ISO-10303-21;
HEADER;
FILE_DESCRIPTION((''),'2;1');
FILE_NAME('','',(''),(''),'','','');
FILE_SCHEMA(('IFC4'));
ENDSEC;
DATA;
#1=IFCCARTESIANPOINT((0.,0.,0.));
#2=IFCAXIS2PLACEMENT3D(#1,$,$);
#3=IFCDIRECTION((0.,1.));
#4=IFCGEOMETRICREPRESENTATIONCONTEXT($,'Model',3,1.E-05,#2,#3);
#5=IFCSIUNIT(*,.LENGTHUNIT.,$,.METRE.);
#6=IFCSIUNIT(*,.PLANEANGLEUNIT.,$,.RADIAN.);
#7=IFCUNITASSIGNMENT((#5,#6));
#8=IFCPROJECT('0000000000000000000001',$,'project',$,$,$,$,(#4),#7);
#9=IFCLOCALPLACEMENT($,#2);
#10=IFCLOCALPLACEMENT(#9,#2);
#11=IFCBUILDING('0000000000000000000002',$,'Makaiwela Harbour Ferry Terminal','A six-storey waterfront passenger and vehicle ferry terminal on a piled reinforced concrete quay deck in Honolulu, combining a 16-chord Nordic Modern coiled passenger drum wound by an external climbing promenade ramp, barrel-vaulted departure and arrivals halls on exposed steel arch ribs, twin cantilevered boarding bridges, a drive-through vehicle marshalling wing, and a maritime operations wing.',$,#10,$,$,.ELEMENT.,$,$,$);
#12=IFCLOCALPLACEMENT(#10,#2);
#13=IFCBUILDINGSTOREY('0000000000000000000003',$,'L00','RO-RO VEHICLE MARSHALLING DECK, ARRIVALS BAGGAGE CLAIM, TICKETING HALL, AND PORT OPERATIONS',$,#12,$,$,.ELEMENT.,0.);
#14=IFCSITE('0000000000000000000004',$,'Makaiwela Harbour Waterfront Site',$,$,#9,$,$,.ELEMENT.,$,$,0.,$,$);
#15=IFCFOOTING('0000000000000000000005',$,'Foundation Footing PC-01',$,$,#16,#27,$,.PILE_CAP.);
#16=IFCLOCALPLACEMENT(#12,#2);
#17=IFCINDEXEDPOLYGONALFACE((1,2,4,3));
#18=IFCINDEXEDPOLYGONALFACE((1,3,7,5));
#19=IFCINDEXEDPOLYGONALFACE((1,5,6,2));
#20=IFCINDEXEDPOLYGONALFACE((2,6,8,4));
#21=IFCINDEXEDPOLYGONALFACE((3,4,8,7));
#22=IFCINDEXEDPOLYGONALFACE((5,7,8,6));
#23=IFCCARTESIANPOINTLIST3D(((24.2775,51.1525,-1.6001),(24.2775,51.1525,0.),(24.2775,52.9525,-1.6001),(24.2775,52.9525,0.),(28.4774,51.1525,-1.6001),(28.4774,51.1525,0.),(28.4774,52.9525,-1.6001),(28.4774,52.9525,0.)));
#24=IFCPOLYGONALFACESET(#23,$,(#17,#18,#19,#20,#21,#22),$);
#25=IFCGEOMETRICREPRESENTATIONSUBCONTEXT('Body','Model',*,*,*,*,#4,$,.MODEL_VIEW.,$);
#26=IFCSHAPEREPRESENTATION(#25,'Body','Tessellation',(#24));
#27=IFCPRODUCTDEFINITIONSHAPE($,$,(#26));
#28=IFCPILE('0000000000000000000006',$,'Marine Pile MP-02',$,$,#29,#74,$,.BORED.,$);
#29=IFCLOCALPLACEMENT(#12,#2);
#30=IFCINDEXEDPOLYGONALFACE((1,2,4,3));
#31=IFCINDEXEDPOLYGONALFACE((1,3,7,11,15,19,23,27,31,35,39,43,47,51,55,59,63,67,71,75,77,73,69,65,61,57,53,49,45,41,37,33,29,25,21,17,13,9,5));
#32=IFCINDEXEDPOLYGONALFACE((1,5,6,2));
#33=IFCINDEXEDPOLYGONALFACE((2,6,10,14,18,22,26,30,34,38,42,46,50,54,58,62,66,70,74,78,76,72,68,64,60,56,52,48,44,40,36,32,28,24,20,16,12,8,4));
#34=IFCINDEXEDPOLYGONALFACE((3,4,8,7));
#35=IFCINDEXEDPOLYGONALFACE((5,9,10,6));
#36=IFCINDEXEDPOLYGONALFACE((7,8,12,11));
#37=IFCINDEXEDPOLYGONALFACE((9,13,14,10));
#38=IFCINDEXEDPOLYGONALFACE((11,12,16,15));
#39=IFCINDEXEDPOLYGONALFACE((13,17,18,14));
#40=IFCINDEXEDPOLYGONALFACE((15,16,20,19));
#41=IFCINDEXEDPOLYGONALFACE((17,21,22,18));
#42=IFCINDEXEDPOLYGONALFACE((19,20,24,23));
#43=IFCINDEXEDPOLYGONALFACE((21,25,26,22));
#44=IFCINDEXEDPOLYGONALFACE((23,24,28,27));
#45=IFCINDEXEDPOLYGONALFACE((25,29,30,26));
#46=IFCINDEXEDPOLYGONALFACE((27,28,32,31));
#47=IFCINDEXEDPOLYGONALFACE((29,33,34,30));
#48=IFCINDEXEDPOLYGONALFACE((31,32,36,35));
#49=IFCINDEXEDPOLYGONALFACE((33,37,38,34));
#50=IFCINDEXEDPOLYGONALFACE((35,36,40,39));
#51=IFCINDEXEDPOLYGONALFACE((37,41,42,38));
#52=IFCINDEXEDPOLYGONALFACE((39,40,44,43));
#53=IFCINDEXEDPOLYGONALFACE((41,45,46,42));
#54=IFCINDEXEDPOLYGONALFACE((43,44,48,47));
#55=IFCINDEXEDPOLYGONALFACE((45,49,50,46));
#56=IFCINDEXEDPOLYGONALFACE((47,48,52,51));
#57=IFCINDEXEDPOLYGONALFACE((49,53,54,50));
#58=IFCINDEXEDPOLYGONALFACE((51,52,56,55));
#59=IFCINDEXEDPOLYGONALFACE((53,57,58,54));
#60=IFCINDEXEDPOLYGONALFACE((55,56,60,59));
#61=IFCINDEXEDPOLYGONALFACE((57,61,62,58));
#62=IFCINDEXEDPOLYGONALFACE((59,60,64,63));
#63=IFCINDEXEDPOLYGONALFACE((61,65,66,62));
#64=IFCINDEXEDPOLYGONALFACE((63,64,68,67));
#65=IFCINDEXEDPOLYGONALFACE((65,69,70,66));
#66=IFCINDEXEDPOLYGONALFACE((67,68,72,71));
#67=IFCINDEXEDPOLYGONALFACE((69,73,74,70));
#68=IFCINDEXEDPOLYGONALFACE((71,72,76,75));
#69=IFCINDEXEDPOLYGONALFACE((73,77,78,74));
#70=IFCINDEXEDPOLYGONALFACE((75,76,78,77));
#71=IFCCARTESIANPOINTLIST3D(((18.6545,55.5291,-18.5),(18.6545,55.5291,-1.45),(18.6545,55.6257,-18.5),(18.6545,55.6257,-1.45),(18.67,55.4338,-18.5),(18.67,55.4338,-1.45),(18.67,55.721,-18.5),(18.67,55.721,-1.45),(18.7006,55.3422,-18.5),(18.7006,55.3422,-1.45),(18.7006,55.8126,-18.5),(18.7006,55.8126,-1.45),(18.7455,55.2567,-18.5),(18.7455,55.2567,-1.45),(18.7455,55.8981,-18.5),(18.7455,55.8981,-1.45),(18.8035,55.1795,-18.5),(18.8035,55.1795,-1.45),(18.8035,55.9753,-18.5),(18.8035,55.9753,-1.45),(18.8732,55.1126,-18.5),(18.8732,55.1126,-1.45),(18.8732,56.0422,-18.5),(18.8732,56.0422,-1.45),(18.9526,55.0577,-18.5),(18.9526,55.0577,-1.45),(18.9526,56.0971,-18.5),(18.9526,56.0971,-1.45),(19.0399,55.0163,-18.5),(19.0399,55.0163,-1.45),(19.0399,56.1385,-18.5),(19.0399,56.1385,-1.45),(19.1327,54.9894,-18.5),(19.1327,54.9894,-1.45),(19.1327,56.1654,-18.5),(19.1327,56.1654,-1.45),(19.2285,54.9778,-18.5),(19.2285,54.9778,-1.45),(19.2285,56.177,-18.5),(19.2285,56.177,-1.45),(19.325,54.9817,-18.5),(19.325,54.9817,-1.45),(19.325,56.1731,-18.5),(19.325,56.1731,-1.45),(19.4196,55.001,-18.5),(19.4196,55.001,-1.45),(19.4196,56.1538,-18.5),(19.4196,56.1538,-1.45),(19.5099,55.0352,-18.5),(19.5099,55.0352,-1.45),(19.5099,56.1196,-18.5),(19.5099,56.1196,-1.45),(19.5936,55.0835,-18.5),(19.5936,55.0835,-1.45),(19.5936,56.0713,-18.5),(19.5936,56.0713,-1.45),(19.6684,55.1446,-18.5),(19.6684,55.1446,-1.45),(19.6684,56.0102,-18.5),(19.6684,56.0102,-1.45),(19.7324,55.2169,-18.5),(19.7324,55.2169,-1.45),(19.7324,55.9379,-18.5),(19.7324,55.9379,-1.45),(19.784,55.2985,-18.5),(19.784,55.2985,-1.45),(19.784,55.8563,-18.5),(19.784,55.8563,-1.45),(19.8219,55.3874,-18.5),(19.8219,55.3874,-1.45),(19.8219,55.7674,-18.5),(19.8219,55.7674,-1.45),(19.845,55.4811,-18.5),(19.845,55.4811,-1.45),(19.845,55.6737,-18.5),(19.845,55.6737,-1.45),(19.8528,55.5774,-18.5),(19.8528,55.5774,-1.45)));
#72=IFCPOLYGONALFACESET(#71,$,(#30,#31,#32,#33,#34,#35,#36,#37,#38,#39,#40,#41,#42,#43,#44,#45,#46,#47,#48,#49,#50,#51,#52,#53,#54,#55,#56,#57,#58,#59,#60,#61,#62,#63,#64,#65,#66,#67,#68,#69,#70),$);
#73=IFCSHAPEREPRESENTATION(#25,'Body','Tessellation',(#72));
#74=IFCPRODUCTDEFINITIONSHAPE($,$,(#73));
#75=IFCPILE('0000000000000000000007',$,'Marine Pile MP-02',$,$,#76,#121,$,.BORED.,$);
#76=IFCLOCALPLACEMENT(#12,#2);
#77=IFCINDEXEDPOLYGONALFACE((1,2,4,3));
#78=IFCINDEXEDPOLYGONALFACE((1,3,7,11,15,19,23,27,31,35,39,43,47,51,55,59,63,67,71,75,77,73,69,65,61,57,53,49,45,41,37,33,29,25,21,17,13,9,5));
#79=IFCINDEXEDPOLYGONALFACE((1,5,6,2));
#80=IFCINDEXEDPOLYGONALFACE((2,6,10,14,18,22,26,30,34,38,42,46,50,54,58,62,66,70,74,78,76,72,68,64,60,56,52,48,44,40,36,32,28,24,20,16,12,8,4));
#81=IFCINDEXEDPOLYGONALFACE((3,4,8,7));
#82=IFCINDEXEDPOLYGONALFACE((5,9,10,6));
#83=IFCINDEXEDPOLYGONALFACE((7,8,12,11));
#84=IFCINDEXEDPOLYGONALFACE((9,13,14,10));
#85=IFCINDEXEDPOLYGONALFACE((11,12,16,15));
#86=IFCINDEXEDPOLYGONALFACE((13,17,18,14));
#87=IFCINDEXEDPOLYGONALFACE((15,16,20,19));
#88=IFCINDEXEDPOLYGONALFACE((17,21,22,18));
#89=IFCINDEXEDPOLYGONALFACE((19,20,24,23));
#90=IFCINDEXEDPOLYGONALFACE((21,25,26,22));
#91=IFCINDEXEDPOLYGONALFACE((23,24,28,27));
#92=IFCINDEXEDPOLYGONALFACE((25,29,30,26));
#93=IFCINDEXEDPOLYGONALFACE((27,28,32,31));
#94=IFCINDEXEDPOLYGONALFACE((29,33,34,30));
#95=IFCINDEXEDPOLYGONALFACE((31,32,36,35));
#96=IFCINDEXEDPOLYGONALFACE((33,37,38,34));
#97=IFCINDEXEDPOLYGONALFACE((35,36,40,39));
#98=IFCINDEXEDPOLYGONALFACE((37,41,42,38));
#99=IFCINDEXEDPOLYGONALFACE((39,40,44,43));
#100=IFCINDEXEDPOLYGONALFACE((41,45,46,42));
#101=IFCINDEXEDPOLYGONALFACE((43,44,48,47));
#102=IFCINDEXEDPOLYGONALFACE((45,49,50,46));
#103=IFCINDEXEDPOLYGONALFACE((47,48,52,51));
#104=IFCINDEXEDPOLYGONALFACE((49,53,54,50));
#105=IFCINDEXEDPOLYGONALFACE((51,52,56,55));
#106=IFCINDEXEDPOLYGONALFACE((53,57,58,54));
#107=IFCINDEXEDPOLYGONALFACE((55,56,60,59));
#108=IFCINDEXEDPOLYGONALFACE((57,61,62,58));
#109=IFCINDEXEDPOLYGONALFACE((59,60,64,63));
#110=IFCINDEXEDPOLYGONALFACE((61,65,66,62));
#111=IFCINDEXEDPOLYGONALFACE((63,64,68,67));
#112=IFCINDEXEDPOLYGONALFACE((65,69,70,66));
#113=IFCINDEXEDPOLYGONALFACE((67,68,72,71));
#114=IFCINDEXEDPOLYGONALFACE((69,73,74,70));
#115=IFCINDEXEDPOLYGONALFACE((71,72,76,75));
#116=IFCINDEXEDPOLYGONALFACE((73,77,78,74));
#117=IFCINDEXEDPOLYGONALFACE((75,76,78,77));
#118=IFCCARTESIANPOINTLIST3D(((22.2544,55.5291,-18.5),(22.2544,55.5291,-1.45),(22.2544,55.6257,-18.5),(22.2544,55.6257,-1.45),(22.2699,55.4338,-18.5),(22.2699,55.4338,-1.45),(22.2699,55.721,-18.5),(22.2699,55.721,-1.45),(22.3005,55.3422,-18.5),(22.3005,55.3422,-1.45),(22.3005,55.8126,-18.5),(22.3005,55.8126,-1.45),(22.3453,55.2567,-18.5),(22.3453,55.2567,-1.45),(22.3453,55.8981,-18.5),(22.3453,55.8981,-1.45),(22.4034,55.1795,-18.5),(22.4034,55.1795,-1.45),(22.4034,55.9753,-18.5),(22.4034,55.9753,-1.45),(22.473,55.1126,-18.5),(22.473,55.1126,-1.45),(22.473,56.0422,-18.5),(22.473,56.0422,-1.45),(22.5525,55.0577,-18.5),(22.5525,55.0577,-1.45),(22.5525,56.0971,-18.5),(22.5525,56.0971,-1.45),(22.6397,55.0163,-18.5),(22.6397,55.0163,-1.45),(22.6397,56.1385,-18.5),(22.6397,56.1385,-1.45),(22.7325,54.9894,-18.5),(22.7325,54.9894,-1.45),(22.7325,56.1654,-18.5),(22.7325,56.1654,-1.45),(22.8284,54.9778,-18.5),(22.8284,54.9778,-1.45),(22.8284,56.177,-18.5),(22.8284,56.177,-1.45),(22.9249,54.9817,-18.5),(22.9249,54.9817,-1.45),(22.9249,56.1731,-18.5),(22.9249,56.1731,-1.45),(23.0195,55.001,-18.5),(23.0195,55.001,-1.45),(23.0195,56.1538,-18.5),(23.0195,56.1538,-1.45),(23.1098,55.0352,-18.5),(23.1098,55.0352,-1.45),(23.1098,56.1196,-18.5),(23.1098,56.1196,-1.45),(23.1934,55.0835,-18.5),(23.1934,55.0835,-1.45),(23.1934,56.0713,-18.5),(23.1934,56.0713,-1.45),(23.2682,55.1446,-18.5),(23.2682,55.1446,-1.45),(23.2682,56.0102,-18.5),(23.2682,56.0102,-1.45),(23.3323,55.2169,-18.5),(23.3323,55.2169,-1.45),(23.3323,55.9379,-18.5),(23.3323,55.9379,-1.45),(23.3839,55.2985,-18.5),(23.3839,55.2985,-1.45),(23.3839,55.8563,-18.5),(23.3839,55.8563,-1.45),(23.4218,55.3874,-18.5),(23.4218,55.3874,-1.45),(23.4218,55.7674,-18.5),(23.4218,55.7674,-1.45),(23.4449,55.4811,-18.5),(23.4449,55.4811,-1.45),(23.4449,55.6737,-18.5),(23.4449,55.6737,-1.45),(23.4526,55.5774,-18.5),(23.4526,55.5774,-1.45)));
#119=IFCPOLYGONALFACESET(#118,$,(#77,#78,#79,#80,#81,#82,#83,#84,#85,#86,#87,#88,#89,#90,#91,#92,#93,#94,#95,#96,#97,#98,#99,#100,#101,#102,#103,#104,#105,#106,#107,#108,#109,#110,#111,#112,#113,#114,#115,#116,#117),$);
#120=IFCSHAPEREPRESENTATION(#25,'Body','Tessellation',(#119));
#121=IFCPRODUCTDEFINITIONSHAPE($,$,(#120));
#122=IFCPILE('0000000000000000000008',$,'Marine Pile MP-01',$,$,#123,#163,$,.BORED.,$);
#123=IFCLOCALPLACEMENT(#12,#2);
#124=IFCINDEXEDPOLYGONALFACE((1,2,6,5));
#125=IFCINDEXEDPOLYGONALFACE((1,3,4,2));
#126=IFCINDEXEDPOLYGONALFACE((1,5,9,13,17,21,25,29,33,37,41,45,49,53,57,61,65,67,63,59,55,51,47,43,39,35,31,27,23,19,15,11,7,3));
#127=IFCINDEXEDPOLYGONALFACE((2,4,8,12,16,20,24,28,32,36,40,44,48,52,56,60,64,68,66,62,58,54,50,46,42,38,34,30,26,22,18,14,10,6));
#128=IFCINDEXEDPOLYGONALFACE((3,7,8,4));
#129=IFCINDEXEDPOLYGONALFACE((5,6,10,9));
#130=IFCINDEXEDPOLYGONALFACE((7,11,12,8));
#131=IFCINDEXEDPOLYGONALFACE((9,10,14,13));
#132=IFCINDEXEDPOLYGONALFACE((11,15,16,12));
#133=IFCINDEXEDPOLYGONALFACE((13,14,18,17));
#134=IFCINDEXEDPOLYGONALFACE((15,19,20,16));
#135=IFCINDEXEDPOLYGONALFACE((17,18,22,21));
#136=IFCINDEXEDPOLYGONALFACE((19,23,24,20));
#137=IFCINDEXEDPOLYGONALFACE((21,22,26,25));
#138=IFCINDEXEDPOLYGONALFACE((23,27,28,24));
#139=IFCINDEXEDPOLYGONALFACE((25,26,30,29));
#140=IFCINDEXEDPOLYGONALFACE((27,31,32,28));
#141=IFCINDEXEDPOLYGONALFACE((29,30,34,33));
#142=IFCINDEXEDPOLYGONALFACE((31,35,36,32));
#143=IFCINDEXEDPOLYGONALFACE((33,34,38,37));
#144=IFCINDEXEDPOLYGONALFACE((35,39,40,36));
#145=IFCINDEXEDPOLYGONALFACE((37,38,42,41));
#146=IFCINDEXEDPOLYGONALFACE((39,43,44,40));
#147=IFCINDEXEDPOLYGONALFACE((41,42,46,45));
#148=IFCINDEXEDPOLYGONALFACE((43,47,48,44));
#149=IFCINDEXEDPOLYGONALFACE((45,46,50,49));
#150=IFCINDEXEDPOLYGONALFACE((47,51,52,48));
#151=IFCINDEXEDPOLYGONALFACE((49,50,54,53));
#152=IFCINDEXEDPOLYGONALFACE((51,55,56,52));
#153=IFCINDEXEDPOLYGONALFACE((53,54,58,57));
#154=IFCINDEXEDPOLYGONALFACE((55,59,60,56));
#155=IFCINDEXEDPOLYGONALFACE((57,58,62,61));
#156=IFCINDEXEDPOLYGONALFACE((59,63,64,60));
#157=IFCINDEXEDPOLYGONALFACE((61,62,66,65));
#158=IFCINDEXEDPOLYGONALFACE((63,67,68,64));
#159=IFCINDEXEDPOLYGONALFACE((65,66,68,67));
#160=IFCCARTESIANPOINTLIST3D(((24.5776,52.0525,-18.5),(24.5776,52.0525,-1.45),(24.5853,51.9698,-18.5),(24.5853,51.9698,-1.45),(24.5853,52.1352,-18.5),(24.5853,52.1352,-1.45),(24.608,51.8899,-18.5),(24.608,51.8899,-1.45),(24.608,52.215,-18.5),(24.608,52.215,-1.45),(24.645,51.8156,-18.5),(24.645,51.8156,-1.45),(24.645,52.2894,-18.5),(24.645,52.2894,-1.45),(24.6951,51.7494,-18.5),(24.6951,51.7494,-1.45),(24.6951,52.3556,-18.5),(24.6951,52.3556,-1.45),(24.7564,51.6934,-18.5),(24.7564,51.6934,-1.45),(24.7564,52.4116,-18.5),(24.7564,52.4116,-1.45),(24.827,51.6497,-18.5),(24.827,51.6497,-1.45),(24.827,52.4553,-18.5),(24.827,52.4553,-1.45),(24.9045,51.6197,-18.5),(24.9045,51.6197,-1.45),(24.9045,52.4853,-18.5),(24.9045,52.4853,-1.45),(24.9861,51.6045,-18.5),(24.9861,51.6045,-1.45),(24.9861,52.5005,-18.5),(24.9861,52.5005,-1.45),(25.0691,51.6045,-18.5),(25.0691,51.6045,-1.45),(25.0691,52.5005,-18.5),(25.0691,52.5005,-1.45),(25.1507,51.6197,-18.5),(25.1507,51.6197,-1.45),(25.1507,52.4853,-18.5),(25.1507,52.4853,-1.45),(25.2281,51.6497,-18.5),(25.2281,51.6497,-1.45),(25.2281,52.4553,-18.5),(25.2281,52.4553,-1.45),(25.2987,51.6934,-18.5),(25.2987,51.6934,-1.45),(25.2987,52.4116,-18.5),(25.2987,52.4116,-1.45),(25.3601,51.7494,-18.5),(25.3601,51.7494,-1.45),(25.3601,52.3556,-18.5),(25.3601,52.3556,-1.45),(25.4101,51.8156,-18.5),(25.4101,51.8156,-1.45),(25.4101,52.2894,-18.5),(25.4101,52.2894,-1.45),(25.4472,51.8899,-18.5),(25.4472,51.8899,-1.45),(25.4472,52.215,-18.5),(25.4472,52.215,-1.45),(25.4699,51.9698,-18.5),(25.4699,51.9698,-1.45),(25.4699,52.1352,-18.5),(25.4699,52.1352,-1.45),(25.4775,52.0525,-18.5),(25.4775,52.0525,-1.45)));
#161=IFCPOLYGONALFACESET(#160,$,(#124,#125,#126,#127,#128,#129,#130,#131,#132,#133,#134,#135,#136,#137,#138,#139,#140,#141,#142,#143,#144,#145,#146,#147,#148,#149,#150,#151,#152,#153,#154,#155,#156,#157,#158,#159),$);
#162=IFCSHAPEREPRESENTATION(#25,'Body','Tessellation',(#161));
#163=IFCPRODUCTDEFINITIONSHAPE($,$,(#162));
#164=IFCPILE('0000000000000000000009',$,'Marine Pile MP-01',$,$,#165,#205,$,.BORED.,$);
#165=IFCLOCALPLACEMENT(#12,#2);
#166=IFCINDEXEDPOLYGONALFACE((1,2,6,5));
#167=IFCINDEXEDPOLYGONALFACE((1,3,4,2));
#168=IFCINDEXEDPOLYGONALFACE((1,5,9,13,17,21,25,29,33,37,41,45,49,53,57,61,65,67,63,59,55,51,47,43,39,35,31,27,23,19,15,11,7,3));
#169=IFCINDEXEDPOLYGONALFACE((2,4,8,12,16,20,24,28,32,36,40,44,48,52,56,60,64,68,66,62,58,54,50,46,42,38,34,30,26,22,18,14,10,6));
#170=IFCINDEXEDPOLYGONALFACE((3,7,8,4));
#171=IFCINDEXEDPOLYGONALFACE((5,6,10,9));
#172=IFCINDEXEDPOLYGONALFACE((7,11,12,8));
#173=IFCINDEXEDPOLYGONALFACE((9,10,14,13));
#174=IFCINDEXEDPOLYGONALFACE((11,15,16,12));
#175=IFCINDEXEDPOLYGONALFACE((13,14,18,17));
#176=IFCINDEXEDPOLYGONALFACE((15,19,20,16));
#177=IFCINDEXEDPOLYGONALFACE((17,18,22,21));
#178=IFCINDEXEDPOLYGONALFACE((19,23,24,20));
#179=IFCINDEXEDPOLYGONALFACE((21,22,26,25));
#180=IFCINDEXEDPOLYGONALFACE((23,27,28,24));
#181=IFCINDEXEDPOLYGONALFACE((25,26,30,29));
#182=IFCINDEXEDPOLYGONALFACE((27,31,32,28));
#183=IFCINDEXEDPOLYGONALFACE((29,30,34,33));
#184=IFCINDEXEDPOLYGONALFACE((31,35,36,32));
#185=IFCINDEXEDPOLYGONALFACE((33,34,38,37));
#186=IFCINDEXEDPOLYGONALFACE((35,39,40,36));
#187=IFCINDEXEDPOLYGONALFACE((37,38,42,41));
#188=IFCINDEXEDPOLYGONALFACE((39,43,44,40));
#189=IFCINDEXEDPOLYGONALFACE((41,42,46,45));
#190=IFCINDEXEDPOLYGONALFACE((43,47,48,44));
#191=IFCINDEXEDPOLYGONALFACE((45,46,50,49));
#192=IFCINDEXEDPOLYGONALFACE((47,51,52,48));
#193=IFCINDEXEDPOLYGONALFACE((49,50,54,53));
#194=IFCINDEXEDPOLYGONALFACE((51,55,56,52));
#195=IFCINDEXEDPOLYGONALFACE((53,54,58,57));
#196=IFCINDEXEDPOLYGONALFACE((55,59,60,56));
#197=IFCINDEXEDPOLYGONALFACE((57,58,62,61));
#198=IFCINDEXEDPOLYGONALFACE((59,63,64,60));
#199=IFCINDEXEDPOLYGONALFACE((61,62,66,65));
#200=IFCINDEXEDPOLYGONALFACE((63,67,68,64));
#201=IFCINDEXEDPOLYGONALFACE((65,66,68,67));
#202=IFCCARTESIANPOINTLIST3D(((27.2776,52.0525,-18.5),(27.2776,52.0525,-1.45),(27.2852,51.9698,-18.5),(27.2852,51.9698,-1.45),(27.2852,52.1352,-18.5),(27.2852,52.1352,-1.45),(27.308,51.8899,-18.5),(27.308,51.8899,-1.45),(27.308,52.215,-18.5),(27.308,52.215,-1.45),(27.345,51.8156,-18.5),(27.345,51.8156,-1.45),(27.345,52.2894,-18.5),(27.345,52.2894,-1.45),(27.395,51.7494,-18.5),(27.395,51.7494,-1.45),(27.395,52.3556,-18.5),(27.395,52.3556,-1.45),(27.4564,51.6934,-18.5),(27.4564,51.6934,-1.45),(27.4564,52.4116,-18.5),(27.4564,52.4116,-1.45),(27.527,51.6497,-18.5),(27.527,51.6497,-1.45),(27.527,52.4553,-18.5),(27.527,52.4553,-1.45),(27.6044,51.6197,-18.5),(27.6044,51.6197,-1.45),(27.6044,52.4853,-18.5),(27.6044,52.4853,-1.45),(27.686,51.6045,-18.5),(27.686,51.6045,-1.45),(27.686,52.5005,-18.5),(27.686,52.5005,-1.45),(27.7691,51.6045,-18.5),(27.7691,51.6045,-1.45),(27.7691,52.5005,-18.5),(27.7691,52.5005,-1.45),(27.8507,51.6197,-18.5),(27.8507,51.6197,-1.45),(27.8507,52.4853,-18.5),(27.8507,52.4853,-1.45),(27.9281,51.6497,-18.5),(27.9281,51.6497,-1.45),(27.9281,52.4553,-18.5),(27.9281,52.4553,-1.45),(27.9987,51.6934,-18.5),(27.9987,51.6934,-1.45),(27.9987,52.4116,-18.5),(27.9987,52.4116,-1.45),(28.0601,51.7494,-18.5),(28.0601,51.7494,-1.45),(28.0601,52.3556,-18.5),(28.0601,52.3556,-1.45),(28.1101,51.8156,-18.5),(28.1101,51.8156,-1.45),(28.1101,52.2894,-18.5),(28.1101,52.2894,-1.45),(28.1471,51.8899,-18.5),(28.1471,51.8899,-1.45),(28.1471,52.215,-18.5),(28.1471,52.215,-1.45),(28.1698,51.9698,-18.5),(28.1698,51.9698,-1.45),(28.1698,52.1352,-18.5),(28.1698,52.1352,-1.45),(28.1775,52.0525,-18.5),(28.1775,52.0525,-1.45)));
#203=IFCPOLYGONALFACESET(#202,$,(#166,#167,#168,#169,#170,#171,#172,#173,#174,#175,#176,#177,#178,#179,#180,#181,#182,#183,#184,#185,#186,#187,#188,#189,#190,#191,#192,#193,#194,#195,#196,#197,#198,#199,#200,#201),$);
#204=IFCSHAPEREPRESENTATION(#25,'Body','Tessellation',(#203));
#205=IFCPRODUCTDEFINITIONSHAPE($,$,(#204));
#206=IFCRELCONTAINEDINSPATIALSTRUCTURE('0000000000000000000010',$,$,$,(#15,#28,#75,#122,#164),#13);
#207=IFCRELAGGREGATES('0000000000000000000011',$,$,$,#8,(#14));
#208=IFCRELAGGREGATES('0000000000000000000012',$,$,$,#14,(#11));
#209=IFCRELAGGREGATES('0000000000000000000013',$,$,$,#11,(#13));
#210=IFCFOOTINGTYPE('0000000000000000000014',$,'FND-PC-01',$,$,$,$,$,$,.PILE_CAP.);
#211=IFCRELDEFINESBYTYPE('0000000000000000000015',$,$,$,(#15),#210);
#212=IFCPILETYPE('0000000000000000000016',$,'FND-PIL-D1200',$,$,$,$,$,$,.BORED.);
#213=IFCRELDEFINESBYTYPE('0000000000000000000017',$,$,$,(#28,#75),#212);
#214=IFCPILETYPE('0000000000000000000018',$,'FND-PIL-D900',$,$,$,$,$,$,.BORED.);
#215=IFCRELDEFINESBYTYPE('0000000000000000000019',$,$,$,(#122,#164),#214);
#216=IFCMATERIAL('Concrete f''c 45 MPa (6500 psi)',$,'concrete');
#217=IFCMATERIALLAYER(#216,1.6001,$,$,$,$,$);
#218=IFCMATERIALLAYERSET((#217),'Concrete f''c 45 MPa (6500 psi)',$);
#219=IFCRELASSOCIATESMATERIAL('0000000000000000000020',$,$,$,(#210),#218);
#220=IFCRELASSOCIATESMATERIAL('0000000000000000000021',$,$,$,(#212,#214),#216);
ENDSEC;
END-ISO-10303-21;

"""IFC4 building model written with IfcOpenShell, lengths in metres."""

from ifc_helpers import new_model, si_unit, direction, frame, origin, origin_2d, place, context, subcontext, project, spatial, rectangle, circle, extrude, material, layer, layer_set, material_profile, profile_set, type_object, element, save


model = new_model("IFC4")

# Units and contexts
model_context = context("Model", 3, precision=1e-05, world=origin(), true_north=direction((0.0, 1.0)))
body_context = subcontext(model_context, "Body", "Model", "MODEL_VIEW")
ifc_project = project(units=[si_unit("LENGTHUNIT", "METRE"), si_unit("PLANEANGLEUNIT", "RADIAN")], contexts=[model_context])

# Site, building, storey
site_placement = place(None, origin())
site = spatial("IfcSite", under=ifc_project, at=site_placement, Name="Makaiwela Harbour Waterfront Site", CompositionType="ELEMENT", RefElevation=0.0)
building_placement = place(site_placement, origin())
building = spatial("IfcBuilding", under=site, at=building_placement, Name="Makaiwela Harbour Ferry Terminal", Description="A six-storey waterfront passenger and vehicle ferry terminal on a piled reinforced concrete quay deck in Honolulu, combining a 16-chord Nordic Modern coiled passenger drum wound by an external climbing promenade ramp, barrel-vaulted departure and arrivals halls on exposed steel arch ribs, twin cantilevered boarding bridges, a drive-through vehicle marshalling wing, and a maritime operations wing.", CompositionType="ELEMENT")
storey_placement = place(building_placement, origin())
storey = spatial("IfcBuildingStorey", under=building, at=storey_placement, Name="L00", Description="RO-RO VEHICLE MARSHALLING DECK, ARRIVALS BAGGAGE CLAIM, TICKETING HALL, AND PORT OPERATIONS", CompositionType="ELEMENT", Elevation=0.0)

# Footing
ifc_material_1 = material(Name="Concrete f'c 45 MPa (6500 psi)", Category="concrete")
ifc_layer_1 = layer(ifc_material_1, 1.6001)
ifc_layer_set_1 = layer_set([ifc_layer_1], Name="Concrete f'c 45 MPa (6500 psi)")
footing_type = type_object("IfcFootingType", Name="FND-PC-01", PredefinedType="PILE_CAP", material=ifc_layer_set_1)
footing_placement = place(storey_placement, frame((26.3774, 52.0525, -1.6001), z_axis=(0.0, 0.0, 1.0), x_axis=(1.0, 0.0, 0.0)))
element("IfcFooting", 1, at=footing_placement, inside=storey, type_object=footing_type, Name="Foundation Footing PC-01", PredefinedType="PILE_CAP", context=body_context, shape_type="SweptSolid", body=[
    extrude(rectangle(XDim=4.2, YDim=1.8, at=origin_2d()), origin(), (0.0, 0.0, 1.0), 1.6001),
])

# Piles
ifc_material_profile_1 = material_profile(ifc_material_1, circle(Radius=0.6001, at=origin_2d()), Name="PILE-D1200")
ifc_profile_set_1 = profile_set([ifc_material_profile_1], Name="Concrete f'c 45 MPa (6500 psi)")
pile_type_1 = type_object("IfcPileType", Name="FND-PIL-D1200", PredefinedType="BORED", material=ifc_profile_set_1)
for number, where, z_axis, x_axis, name in (
    (2, (19.2527, 55.5774, -1.45), (0.0, 0.0, -1.0), (1.0, 0.0, 0.0), "Marine Pile MP-02"),
    (3, (22.8525, 55.5774, -1.45), (0.0, 0.0, -1.0), (1.0, 0.0, 0.0), "Marine Pile MP-02"),
):
    element("IfcPile", number, at=place(storey_placement, frame(where, z_axis=z_axis, x_axis=x_axis)), inside=storey, type_object=pile_type_1, Name=name, PredefinedType="BORED", context=body_context, shape_type="SweptSolid", body=[
        extrude(circle(Radius=0.6001, at=origin_2d()), origin(), (0.0, 0.0, 1.0), 17.05),
    ])
ifc_material_profile_2 = material_profile(ifc_material_1, circle(Radius=0.45, at=origin_2d()), Name="PILE-D900")
ifc_profile_set_2 = profile_set([ifc_material_profile_2], Name="Concrete f'c 45 MPa (6500 psi)")
pile_type_2 = type_object("IfcPileType", Name="FND-PIL-D900", PredefinedType="BORED", material=ifc_profile_set_2)
for number, where, z_axis, x_axis, name in (
    (4, (25.0276, 52.0525, -1.45), (0.0, 0.0, -1.0), (1.0, 0.0, 0.0), "Marine Pile MP-01"),
    (5, (27.7275, 52.0525, -1.45), (0.0, 0.0, -1.0), (1.0, 0.0, 0.0), "Marine Pile MP-01"),
):
    element("IfcPile", number, at=place(storey_placement, frame(where, z_axis=z_axis, x_axis=x_axis)), inside=storey, type_object=pile_type_2, Name=name, PredefinedType="BORED", context=body_context, shape_type="SweptSolid", body=[
        extrude(circle(Radius=0.45, at=origin_2d()), origin(), (0.0, 0.0, 1.0), 17.05),
    ])

save(model, "model.ifc")
